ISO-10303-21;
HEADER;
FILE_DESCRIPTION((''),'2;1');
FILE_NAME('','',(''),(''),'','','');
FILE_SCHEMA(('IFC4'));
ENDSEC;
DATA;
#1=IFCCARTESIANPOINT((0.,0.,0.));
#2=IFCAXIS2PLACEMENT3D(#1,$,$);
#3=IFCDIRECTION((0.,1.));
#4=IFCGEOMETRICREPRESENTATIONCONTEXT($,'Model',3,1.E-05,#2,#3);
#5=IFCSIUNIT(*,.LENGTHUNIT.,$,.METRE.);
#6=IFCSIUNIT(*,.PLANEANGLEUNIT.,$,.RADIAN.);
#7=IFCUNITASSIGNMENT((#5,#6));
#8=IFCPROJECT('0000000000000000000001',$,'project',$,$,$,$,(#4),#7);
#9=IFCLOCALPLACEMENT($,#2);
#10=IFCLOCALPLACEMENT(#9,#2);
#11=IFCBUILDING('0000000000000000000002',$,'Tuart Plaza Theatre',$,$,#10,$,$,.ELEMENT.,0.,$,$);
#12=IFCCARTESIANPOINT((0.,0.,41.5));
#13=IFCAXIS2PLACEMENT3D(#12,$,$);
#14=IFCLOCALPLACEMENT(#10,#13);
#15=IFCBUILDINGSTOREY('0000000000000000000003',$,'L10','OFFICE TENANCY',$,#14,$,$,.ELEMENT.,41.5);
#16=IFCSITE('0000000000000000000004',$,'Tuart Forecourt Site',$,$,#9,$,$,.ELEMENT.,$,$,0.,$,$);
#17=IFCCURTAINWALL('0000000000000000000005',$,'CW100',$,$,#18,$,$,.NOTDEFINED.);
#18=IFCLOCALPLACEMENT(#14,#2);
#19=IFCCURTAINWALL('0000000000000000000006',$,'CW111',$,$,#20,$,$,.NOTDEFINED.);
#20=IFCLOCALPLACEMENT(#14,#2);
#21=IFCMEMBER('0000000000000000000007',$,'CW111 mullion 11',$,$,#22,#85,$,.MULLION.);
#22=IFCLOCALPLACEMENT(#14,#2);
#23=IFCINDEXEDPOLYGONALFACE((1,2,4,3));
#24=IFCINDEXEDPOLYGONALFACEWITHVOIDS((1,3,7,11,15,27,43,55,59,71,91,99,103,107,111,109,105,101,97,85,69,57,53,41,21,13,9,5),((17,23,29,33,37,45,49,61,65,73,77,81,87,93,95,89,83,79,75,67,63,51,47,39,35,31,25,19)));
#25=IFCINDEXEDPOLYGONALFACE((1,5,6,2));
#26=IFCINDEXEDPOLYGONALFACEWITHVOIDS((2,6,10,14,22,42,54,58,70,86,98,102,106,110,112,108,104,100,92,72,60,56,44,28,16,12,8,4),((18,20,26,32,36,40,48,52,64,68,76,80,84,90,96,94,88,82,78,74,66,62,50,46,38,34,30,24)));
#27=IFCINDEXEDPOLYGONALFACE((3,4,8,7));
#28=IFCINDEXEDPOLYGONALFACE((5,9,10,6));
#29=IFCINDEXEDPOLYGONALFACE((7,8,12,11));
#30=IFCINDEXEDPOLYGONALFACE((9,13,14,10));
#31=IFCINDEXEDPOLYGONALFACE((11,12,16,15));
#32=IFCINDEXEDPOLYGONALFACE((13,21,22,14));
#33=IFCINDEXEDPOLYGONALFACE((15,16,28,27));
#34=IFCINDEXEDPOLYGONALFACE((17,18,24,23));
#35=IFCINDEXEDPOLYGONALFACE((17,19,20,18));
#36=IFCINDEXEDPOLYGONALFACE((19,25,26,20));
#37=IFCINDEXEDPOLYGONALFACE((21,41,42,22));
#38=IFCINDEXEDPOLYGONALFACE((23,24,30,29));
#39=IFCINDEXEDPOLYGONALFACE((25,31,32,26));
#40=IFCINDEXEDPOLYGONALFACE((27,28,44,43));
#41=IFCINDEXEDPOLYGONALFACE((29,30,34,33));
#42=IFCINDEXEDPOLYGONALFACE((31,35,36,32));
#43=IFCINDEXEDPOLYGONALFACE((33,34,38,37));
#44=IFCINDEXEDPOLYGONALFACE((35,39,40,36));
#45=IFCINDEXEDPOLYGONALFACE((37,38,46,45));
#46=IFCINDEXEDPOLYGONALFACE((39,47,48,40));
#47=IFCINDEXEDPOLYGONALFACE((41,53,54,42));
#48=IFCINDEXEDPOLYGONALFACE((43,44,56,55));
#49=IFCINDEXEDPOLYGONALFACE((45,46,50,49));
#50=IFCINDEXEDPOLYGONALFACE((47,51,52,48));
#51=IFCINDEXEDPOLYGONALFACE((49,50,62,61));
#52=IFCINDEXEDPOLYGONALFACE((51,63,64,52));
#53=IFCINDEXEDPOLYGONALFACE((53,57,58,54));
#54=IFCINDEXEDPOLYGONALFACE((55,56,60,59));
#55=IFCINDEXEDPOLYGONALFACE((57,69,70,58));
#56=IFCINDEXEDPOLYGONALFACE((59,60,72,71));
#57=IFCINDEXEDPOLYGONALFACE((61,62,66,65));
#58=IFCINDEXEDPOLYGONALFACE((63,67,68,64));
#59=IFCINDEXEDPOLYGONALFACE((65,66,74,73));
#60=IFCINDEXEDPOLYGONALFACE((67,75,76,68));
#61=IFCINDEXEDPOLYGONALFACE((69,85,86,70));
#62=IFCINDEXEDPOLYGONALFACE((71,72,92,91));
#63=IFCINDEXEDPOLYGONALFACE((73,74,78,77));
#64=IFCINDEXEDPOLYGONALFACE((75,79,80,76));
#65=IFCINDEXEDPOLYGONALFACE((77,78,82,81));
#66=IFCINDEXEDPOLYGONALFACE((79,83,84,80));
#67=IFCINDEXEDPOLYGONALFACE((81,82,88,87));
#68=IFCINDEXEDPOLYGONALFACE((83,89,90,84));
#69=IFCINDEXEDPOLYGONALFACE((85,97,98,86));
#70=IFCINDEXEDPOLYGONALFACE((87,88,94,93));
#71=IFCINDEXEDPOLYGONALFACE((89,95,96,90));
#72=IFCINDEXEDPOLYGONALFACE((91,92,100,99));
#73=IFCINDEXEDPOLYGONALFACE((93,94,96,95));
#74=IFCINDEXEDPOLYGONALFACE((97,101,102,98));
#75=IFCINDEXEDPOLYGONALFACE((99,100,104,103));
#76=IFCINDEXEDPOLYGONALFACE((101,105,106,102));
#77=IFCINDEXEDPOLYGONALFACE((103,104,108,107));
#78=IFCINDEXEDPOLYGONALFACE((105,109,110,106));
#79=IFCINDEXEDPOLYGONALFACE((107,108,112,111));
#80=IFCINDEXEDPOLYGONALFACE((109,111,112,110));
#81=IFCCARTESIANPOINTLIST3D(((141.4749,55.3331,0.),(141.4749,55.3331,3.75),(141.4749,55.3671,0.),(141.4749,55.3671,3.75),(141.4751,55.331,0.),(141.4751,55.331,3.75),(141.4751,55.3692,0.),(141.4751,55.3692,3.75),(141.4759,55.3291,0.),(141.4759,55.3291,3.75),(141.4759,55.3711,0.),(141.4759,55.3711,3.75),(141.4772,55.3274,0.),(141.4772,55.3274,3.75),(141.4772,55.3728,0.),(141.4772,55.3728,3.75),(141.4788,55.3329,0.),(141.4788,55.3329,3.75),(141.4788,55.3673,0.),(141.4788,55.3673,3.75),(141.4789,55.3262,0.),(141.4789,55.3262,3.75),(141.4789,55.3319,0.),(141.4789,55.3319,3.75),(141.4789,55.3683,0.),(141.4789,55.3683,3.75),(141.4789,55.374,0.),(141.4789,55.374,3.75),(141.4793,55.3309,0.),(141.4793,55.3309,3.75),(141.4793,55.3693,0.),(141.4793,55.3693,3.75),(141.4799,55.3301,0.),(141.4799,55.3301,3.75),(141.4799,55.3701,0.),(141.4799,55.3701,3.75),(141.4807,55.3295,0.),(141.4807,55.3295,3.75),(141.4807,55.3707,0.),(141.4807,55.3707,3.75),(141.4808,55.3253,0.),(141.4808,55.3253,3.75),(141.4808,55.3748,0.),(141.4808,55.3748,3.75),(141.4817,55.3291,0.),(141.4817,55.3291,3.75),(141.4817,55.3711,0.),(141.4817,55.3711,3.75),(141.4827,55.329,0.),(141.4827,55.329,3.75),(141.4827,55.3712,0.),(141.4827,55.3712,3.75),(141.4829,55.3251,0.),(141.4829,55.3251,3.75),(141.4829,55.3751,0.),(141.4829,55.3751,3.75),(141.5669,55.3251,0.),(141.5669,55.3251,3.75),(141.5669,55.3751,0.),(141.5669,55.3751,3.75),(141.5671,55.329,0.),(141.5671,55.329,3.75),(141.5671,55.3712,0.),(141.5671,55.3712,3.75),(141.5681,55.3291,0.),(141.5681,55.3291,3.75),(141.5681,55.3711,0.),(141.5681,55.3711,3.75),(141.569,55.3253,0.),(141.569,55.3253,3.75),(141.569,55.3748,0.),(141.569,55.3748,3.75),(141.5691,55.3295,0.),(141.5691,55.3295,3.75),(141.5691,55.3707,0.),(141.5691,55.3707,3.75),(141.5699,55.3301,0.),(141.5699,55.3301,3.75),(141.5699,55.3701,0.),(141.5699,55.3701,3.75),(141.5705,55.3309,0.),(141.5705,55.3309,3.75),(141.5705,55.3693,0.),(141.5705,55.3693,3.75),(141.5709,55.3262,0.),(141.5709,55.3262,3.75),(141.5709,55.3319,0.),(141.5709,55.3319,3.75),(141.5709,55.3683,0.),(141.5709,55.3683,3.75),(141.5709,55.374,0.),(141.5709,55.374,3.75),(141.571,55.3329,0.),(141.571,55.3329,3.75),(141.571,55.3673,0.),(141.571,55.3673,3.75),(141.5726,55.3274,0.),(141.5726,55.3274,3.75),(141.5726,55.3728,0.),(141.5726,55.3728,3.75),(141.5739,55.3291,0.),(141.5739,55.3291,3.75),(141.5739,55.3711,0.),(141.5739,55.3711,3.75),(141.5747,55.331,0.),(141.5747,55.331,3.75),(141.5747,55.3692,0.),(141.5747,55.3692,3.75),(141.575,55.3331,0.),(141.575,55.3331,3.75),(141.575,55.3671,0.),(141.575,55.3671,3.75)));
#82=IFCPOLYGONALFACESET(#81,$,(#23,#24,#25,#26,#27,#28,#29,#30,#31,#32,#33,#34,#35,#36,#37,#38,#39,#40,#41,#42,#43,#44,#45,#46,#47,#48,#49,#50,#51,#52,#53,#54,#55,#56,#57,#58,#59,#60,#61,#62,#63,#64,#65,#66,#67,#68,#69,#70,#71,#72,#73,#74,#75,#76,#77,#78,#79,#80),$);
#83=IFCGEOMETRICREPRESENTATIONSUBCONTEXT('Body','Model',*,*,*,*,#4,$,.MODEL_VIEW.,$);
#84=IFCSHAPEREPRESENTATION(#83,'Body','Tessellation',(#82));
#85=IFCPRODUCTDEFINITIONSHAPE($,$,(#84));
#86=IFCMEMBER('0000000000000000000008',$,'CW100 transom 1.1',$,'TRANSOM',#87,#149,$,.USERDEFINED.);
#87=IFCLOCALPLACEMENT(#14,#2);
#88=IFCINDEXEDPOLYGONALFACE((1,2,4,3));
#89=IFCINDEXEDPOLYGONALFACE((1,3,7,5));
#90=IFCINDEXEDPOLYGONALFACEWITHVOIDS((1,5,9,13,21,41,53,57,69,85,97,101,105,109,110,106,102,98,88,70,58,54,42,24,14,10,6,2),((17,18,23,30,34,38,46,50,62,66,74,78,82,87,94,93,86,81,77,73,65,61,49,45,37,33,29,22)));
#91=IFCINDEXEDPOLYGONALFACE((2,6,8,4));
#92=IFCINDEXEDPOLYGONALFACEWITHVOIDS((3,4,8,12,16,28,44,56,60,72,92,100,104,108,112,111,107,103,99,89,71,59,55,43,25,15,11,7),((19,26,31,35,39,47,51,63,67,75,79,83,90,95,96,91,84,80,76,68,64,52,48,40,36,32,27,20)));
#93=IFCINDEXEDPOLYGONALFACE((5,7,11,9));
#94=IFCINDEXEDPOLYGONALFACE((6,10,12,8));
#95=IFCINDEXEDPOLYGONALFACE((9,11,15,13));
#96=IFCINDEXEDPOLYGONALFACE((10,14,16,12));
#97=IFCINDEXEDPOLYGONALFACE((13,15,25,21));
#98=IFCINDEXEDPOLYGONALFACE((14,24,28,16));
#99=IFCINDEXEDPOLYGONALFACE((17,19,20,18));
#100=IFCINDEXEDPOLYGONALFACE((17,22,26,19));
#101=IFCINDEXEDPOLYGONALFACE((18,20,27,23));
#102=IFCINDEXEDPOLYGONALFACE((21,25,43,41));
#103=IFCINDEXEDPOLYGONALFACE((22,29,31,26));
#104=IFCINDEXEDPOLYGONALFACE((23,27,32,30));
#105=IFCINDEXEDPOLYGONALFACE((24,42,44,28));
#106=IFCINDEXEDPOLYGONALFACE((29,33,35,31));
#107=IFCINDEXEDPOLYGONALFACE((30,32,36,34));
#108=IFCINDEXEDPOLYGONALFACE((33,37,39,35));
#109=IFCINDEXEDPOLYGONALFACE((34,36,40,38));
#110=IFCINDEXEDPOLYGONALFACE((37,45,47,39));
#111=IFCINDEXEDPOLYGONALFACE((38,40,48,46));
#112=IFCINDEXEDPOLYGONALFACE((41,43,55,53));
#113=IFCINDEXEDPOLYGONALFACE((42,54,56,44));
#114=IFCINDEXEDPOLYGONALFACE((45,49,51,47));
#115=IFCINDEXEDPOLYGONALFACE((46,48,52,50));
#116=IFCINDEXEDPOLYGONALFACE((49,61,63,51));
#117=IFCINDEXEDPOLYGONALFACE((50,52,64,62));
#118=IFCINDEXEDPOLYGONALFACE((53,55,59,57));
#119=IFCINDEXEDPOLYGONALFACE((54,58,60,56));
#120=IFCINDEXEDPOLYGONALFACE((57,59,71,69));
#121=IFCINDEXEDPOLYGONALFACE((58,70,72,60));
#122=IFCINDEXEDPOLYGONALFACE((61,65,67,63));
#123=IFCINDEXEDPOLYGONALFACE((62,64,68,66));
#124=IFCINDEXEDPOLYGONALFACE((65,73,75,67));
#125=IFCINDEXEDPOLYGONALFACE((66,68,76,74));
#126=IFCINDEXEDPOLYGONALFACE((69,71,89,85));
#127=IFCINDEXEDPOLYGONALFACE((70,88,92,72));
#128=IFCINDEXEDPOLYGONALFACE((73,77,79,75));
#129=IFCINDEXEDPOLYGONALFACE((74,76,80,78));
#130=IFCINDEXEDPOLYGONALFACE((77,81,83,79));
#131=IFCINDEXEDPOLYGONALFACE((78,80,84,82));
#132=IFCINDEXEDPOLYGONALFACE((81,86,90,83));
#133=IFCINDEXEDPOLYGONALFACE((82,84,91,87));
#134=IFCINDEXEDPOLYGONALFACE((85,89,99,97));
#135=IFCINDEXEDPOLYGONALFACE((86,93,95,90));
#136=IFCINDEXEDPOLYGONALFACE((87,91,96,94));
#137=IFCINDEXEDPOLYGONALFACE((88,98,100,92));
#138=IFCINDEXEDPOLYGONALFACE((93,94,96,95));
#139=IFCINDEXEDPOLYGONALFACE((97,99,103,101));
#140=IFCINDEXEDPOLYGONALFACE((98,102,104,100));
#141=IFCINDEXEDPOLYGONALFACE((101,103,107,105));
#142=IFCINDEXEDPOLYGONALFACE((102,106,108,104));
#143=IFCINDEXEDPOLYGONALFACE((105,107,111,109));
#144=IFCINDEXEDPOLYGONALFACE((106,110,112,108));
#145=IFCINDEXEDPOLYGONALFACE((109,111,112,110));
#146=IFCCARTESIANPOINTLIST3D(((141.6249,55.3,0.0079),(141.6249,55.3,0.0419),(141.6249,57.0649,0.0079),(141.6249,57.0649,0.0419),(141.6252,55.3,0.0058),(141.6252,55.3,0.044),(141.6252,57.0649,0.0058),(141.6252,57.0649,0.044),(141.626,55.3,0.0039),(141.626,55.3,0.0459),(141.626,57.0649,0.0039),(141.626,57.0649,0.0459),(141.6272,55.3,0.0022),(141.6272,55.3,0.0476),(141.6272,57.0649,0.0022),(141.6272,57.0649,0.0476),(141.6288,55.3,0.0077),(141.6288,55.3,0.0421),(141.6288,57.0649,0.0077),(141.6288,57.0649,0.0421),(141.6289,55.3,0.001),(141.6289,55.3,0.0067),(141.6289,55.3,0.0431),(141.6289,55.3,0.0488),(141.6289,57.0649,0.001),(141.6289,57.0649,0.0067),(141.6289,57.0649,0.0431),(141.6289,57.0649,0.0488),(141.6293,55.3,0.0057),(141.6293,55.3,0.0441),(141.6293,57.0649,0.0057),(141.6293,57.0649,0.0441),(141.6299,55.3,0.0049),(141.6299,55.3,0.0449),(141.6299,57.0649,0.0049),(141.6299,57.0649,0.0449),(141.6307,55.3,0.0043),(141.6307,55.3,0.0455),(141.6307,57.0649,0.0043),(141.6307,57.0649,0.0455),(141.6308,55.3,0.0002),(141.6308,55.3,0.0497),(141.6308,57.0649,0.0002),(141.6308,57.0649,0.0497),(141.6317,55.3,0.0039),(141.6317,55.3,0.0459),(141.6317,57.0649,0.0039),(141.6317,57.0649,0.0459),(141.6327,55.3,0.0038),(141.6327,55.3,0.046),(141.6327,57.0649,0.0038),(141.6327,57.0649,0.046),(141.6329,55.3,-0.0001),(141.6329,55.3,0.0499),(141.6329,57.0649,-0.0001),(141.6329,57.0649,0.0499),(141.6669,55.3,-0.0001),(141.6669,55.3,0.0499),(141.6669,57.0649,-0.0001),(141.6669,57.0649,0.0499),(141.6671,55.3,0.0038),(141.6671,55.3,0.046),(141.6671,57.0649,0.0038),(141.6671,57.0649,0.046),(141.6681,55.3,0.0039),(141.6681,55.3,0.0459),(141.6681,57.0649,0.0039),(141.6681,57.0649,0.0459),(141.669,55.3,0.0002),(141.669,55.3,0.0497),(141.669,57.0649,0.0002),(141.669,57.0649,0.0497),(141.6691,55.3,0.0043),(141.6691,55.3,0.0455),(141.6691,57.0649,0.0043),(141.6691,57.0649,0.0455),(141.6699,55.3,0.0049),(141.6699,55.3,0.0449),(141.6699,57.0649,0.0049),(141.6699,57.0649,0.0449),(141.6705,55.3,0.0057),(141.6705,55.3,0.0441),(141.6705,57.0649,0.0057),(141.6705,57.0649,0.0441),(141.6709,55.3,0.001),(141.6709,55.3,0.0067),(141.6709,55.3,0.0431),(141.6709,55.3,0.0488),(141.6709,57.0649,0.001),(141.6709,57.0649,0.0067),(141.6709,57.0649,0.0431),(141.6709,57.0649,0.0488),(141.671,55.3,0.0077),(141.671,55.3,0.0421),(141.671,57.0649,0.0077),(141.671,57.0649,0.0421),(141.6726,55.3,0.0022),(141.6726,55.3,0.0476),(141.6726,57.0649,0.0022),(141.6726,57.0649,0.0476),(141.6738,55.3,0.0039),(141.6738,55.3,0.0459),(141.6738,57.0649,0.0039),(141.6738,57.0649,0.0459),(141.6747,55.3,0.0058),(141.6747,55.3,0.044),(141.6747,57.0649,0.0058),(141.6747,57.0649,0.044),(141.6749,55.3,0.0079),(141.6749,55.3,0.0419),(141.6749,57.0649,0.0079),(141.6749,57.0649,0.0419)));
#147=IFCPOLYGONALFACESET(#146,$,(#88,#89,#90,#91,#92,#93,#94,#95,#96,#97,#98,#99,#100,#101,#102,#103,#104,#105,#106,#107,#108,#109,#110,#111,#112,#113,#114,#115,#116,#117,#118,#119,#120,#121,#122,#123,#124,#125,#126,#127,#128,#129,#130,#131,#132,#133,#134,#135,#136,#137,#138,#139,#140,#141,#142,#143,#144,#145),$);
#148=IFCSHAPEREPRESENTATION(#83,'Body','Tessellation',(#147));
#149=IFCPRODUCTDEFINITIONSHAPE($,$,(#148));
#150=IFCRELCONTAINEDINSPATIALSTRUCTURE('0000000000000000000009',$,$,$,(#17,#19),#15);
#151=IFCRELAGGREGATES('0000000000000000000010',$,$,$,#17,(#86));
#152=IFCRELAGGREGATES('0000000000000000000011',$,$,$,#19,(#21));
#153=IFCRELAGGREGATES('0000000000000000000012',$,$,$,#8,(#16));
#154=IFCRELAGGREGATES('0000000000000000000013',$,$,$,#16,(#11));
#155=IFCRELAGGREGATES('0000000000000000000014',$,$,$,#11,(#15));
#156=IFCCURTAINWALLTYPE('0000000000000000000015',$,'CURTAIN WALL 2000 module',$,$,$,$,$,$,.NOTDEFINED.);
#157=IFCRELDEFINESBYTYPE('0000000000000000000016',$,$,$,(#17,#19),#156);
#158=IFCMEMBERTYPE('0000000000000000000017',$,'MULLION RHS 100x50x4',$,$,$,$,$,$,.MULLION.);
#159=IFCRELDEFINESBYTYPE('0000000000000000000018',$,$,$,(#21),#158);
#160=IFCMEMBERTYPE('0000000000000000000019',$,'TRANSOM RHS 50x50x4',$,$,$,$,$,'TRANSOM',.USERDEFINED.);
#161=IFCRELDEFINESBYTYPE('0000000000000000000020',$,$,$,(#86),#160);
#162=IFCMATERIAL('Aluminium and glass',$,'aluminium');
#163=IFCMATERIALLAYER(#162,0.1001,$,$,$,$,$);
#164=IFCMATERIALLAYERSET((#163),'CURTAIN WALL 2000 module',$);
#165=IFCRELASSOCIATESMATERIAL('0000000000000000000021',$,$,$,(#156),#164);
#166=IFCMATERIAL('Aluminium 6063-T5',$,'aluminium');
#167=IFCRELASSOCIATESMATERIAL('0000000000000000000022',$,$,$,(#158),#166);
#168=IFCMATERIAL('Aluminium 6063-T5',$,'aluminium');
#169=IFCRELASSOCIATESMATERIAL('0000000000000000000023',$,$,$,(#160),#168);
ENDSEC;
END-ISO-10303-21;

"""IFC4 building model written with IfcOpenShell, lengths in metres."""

from ifc_helpers import new_model, si_unit, direction, frame, origin, origin_2d, place, context, subcontext, project, spatial, hollow_rectangle, extrude, material, layer, layer_set, material_profile, profile_set, type_object, element, aggregate, save


model = new_model("IFC4")

# Units and contexts
model_context = context("Model", 3, precision=1e-05, world=origin(), true_north=direction((0.0, 1.0)))
body_context = subcontext(model_context, "Body", "Model", "MODEL_VIEW")
ifc_project = project(units=[si_unit("LENGTHUNIT", "METRE"), si_unit("PLANEANGLEUNIT", "RADIAN")], contexts=[model_context])

# Site, building, storey
site_placement = place(None, origin())
site = spatial("IfcSite", under=ifc_project, at=site_placement, Name="Tuart Forecourt Site", CompositionType="ELEMENT", RefElevation=0.0)
building_placement = place(site_placement, origin())
building = spatial("IfcBuilding", under=site, at=building_placement, Name="Tuart Plaza Theatre", CompositionType="ELEMENT", ElevationOfRefHeight=0.0)
storey_placement = place(building_placement, frame((0.0, 0.0, 41.5)))
storey = spatial("IfcBuildingStorey", under=building, at=storey_placement, Name="L10", Description="OFFICE TENANCY", CompositionType="ELEMENT", Elevation=41.5)

# Curtain walls, member
ifc_material_1 = material(Name="Aluminium and glass", Category="aluminium")
ifc_layer_1 = layer(ifc_material_1, 0.1001)
ifc_layer_set_1 = layer_set([ifc_layer_1], Name="CURTAIN WALL 2000 module")
curtain_wall_type = type_object("IfcCurtainWallType", Name="CURTAIN WALL 2000 module", PredefinedType="NOTDEFINED", material=ifc_layer_set_1)
curtain_wall_1_placement = place(storey_placement, origin())
curtain_wall_1 = element("IfcCurtainWall", 1, at=curtain_wall_1_placement, inside=storey, type_object=curtain_wall_type, Name="CW100", PredefinedType="NOTDEFINED")
ifc_material_2 = material(Name="Aluminium 6063-T5", Category="aluminium")
ifc_material_profile_1 = material_profile(ifc_material_2, hollow_rectangle(XDim=0.05, YDim=0.1001, WallThickness=0.0039, InnerFilletRadius=0.0039, OuterFilletRadius=0.0081, at=origin_2d()), Name="RHS 100x50x4")
ifc_profile_set_1 = profile_set([ifc_material_profile_1], Name="Aluminium 6063-T5")
member_type_1 = type_object("IfcMemberType", Name="MULLION RHS 100x50x4", PredefinedType="MULLION", material=ifc_profile_set_1)
curtain_wall_2_placement = place(storey_placement, origin())
curtain_wall_2 = element("IfcCurtainWall", 2, at=curtain_wall_2_placement, inside=storey, type_object=curtain_wall_type, Name="CW111", PredefinedType="NOTDEFINED")
member_1_placement = place(storey_placement, frame((141.5249, 55.3501, 0.0), z_axis=(0.0, 0.0, 1.0), x_axis=(0.0, 1.0, 0.0)))
member_1 = element("IfcMember", 3, at=member_1_placement, type_object=member_type_1, Name="CW111 mullion 11", PredefinedType="MULLION", context=body_context, shape_type="SweptSolid", body=[
    extrude(hollow_rectangle(XDim=0.05, YDim=0.1001, WallThickness=0.0039, InnerFilletRadius=0.0039, OuterFilletRadius=0.0081, at=origin_2d()), origin(), (0.0, 0.0, 1.0), 3.75),
])

# Member
ifc_material_3 = material(Name="Aluminium 6063-T5", Category="aluminium")
ifc_material_profile_2 = material_profile(ifc_material_3, hollow_rectangle(XDim=0.05, YDim=0.05, WallThickness=0.0039, InnerFilletRadius=0.0039, OuterFilletRadius=0.0081, at=origin_2d()), Name="RHS 50x50x4")
ifc_profile_set_2 = profile_set([ifc_material_profile_2], Name="Aluminium 6063-T5")
member_type_2 = type_object("IfcMemberType", Name="TRANSOM RHS 50x50x4", ElementType="TRANSOM", PredefinedType="USERDEFINED", material=ifc_profile_set_2)
member_2_placement = place(storey_placement, frame((141.6499, 55.3, 0.0249), z_axis=(0.0, 1.0, 0.0), x_axis=(-1.0, 0.0, 0.0)))
member_2 = element("IfcMember", 4, at=member_2_placement, type_object=member_type_2, Name="CW100 transom 1.1", ObjectType="TRANSOM", PredefinedType="USERDEFINED", context=body_context, shape_type="SweptSolid", body=[
    extrude(hollow_rectangle(XDim=0.05, YDim=0.05, WallThickness=0.0039, InnerFilletRadius=0.0039, OuterFilletRadius=0.0081, at=origin_2d()), origin(), (0.0, 0.0, 1.0), 1.7649),
])

aggregate(curtain_wall_1, [member_2])
aggregate(curtain_wall_2, [member_1])

save(model, "model.ifc")
